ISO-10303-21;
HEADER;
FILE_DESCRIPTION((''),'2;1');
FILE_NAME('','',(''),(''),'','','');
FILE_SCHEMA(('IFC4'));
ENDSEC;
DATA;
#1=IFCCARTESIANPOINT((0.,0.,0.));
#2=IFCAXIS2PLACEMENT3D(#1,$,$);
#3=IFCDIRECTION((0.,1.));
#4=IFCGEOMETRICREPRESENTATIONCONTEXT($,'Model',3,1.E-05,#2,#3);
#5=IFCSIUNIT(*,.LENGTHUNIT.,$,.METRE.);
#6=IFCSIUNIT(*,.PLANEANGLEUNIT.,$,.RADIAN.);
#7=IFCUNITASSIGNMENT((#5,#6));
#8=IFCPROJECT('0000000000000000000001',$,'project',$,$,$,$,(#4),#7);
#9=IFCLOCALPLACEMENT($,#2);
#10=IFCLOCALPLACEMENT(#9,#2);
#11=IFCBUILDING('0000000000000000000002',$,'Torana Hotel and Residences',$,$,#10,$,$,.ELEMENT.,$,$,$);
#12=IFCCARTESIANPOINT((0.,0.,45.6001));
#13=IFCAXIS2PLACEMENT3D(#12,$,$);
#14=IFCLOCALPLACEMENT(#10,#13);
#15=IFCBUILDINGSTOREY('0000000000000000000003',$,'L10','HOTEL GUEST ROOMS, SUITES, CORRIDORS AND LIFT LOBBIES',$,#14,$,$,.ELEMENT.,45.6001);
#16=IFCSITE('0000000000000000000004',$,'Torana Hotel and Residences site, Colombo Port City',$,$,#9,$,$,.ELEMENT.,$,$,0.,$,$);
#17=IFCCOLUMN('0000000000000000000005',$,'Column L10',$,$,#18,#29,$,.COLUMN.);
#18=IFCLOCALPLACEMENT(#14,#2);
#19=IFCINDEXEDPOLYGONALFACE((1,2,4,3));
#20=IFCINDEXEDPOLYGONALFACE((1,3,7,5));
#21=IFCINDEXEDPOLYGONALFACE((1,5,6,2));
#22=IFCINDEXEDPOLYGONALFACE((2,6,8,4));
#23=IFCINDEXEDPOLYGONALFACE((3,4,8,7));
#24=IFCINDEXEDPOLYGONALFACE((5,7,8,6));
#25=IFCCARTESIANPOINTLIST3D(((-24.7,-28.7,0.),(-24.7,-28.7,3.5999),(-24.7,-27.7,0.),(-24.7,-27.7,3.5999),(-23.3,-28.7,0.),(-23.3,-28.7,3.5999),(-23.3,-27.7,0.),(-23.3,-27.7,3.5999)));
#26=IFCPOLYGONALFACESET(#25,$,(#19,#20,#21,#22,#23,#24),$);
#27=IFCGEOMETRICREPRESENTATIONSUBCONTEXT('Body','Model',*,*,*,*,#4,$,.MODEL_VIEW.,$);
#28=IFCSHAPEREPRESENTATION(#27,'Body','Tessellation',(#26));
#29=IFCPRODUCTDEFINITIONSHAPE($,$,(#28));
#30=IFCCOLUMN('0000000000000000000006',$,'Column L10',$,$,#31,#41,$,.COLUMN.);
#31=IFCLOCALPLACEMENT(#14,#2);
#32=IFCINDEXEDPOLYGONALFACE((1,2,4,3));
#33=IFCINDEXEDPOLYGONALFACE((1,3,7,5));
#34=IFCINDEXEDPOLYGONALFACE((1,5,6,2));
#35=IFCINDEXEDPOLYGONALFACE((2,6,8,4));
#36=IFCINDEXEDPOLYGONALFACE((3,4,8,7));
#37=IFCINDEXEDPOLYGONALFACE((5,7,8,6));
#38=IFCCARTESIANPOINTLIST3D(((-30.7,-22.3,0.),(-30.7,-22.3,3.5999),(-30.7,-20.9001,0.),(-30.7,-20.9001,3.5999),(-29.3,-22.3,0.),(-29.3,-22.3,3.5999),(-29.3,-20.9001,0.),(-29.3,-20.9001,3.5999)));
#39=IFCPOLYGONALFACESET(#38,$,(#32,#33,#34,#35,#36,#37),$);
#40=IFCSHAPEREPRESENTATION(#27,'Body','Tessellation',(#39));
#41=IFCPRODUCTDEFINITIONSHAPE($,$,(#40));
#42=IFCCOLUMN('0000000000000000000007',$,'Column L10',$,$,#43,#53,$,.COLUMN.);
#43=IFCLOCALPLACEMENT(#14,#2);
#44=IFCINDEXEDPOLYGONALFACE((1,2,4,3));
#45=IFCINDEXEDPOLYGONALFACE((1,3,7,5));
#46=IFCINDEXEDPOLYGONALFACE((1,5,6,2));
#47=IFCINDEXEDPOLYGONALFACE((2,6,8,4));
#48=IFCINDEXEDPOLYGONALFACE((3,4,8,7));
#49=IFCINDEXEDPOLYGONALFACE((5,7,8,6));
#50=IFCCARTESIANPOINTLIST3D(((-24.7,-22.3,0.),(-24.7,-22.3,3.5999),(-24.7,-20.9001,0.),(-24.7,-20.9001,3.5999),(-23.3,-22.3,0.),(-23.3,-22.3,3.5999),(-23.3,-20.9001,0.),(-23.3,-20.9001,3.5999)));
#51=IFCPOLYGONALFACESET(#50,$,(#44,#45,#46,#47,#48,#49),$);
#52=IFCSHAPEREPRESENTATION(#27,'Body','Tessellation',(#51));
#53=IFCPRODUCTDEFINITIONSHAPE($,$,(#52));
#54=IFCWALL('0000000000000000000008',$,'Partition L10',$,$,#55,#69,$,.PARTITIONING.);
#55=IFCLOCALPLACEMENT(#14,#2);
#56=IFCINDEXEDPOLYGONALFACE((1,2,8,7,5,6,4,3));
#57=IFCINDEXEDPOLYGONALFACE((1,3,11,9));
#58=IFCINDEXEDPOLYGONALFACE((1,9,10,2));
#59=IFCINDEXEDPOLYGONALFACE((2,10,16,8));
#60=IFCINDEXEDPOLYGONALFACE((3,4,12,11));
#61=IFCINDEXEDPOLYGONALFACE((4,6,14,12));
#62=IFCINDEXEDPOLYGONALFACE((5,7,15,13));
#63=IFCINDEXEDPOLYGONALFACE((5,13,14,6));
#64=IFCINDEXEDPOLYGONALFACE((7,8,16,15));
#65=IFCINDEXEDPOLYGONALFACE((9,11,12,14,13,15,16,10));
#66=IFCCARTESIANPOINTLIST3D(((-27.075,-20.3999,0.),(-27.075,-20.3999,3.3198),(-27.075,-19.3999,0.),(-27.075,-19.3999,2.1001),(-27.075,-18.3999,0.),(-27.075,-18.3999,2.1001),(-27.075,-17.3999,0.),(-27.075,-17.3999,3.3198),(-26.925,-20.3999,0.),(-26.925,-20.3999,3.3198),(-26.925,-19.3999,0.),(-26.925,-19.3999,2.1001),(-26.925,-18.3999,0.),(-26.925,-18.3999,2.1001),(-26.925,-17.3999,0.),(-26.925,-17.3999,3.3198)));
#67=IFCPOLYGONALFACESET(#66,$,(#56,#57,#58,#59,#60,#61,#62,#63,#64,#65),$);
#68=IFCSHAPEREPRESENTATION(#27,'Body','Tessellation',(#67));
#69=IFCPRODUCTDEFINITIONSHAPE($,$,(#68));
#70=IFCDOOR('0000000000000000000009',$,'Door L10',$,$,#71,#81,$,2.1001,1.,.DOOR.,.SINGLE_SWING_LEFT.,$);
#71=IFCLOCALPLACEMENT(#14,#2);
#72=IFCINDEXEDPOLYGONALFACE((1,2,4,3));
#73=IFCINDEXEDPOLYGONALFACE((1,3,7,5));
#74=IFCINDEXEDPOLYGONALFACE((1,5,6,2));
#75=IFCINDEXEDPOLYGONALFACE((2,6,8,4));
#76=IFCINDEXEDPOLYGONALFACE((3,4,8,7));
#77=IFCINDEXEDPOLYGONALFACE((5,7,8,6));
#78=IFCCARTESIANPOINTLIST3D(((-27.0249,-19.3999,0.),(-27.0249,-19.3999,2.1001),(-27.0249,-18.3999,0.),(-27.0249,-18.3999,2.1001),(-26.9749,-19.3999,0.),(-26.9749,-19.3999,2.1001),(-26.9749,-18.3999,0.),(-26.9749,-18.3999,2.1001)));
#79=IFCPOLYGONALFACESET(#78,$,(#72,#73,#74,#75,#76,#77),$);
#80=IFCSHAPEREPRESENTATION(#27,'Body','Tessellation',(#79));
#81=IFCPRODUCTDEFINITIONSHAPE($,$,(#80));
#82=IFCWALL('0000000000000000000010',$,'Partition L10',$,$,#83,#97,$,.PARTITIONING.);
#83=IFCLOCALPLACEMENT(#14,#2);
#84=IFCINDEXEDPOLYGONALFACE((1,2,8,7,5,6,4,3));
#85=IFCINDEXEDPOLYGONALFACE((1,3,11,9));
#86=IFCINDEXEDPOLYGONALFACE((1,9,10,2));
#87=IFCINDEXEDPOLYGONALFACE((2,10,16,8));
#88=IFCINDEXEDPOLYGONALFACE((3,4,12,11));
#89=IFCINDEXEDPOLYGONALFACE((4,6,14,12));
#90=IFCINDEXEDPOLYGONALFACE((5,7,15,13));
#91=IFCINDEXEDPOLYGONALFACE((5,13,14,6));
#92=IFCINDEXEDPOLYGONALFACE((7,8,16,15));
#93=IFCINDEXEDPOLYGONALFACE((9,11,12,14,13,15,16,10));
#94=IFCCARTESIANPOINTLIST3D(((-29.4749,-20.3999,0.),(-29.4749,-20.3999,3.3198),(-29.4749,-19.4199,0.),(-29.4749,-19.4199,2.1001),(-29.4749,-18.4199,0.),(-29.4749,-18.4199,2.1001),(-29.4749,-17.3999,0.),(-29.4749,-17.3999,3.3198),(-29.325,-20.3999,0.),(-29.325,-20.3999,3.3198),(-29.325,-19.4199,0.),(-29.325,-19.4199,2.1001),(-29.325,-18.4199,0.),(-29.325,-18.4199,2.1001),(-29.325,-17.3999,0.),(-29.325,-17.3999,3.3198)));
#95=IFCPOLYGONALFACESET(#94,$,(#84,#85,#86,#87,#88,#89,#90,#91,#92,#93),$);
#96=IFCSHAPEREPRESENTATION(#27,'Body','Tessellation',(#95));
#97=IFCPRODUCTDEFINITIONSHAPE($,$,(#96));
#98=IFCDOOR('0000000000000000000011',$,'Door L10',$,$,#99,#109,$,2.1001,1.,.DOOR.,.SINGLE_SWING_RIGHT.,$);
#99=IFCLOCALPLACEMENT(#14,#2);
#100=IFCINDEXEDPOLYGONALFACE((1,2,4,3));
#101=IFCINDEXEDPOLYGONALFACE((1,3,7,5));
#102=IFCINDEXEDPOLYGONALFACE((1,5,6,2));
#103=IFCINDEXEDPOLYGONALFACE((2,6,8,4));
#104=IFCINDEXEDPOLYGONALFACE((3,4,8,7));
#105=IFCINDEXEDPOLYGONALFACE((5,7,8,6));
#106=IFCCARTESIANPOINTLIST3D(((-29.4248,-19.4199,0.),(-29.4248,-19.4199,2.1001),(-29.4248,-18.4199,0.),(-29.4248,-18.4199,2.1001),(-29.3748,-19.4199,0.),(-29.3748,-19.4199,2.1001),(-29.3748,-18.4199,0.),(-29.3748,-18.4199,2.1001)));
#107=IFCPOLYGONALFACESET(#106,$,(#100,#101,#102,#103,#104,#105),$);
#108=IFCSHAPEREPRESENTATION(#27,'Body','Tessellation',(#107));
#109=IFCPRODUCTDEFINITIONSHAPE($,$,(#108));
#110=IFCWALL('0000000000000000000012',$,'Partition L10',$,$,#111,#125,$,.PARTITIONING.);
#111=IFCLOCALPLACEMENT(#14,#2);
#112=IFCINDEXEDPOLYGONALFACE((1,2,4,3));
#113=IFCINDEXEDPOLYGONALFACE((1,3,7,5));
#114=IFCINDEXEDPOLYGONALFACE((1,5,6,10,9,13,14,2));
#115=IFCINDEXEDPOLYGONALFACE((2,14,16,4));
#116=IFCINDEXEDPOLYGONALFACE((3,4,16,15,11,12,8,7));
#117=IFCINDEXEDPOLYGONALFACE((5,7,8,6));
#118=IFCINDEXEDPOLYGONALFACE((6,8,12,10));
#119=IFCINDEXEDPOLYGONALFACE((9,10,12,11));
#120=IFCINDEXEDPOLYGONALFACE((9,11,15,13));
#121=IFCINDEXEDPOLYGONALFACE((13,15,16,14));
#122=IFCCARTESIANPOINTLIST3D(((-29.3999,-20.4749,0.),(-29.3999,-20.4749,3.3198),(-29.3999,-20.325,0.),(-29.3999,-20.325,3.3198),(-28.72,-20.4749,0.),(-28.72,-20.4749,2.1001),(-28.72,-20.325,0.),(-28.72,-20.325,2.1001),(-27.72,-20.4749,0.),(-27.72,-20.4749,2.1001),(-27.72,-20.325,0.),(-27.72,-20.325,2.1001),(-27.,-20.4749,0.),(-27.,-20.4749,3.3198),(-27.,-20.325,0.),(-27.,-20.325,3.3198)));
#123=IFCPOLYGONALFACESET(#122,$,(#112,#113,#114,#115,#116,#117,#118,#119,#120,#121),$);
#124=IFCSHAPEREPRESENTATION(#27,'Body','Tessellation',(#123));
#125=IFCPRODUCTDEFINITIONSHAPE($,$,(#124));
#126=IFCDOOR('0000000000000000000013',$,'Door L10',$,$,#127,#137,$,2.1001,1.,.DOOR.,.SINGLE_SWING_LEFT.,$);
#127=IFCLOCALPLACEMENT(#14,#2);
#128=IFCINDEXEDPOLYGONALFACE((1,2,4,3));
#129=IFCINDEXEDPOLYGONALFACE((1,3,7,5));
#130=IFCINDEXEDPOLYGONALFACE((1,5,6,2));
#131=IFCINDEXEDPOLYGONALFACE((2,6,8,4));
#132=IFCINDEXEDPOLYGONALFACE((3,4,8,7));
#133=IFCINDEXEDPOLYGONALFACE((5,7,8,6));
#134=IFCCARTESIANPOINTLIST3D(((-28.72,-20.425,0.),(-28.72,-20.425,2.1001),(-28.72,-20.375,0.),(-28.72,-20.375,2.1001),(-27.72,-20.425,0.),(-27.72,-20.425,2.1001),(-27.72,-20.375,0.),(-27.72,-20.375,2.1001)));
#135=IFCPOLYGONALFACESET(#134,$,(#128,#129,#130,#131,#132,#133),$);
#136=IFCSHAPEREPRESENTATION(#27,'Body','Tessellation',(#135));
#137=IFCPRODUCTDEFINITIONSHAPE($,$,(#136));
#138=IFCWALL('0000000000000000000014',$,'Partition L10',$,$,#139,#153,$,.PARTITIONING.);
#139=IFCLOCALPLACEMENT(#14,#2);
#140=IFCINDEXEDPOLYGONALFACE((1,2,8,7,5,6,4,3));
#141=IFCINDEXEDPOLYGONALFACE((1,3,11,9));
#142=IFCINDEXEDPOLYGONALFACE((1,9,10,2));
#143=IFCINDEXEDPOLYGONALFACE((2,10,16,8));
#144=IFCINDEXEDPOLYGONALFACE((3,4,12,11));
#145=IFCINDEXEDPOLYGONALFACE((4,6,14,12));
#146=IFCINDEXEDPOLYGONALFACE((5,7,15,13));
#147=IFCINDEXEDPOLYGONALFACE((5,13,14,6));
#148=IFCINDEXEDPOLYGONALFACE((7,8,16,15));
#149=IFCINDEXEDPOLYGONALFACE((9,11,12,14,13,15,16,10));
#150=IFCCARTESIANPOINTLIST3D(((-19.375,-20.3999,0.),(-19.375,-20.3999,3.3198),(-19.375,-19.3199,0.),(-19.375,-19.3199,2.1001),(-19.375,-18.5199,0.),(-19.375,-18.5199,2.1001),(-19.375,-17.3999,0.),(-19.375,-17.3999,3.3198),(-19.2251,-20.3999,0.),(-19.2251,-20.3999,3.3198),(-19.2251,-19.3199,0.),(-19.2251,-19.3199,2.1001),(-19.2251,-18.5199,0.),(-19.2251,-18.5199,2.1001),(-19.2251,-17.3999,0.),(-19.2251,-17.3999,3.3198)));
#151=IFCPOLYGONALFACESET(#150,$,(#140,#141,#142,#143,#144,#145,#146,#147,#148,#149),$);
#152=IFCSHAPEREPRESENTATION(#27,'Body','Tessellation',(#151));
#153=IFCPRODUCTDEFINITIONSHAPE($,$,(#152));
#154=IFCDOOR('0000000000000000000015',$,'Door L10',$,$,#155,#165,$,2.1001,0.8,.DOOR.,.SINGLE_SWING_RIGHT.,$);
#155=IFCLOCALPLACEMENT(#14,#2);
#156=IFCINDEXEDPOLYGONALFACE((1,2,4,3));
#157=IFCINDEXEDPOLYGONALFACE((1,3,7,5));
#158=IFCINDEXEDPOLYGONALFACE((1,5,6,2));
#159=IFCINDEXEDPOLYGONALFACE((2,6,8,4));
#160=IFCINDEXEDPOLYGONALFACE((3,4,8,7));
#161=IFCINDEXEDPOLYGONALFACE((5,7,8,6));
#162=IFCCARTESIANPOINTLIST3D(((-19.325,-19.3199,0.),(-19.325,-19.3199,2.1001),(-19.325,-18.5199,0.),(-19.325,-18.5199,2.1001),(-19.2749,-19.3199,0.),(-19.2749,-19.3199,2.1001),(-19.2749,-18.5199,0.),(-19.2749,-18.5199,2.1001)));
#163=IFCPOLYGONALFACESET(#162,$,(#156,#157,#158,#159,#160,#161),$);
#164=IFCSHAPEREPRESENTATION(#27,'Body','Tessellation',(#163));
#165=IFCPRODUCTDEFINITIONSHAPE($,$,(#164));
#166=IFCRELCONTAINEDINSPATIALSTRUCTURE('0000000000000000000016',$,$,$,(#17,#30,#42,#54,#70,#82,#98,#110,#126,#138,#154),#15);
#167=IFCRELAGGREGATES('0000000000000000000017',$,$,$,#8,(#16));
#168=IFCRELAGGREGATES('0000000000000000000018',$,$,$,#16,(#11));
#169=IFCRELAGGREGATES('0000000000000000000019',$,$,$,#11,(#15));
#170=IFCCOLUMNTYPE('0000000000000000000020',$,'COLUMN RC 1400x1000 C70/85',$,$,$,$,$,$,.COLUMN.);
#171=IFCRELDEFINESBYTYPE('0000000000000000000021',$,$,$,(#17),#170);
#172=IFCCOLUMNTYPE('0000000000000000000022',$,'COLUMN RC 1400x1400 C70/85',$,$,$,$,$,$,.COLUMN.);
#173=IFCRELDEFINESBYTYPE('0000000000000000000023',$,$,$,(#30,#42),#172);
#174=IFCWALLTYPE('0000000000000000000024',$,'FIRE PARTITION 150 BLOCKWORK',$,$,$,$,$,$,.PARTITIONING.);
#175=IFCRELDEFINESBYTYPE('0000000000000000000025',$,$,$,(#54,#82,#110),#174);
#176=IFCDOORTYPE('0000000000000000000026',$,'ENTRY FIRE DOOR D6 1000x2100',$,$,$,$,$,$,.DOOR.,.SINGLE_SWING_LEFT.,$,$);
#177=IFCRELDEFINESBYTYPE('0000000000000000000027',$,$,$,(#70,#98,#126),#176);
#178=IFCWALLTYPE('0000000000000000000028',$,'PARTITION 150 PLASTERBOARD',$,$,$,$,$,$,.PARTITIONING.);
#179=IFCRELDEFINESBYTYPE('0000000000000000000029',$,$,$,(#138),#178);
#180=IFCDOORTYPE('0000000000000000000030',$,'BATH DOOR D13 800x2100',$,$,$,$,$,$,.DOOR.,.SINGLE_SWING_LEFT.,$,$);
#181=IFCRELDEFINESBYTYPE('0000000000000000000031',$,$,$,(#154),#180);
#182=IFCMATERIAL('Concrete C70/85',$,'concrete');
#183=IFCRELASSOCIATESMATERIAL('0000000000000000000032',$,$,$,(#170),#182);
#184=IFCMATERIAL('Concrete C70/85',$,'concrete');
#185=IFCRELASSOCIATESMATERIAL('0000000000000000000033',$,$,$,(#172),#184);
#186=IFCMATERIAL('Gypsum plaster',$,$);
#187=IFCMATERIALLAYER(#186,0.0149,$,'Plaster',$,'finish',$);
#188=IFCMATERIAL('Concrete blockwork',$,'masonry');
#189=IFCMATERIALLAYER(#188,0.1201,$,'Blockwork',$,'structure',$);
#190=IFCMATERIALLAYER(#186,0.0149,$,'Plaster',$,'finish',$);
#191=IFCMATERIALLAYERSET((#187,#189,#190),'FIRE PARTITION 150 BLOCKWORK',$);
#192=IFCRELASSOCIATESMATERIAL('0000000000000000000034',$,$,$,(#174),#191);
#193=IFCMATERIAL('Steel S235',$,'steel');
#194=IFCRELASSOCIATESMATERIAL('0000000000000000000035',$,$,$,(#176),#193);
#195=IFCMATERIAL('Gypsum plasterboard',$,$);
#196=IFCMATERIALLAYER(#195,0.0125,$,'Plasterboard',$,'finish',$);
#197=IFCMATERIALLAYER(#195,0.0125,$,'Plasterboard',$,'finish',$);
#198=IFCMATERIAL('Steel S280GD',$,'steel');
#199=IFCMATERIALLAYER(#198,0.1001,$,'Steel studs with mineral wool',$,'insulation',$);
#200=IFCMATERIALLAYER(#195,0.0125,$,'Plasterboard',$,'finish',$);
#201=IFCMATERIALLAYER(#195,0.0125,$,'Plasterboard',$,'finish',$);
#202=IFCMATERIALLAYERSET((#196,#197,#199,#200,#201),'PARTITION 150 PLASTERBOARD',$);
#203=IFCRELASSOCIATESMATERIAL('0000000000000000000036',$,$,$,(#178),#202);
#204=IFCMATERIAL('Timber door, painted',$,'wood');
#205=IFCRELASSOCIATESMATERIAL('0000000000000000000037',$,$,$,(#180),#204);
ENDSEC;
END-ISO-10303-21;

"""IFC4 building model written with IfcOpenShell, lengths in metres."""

from ifc_helpers import new_model, si_unit, direction, frame, frame_2d, origin, origin_2d, place, context, subcontext, project, spatial, rectangle, extrude, material, layer, layer_set, material_profile, profile_set, type_object, element, fill, save


model = new_model("IFC4")

# Units and contexts
model_context = context("Model", 3, precision=1e-05, world=origin(), true_north=direction((0.0, 1.0)))
body_context = subcontext(model_context, "Body", "Model", "MODEL_VIEW")
ifc_project = project(units=[si_unit("LENGTHUNIT", "METRE"), si_unit("PLANEANGLEUNIT", "RADIAN")], contexts=[model_context])

# Site, building, storey
site_placement = place(None, origin())
site = spatial("IfcSite", under=ifc_project, at=site_placement, Name="Torana Hotel and Residences site, Colombo Port City", CompositionType="ELEMENT", RefElevation=0.0)
building_placement = place(site_placement, origin())
building = spatial("IfcBuilding", under=site, at=building_placement, Name="Torana Hotel and Residences", CompositionType="ELEMENT")
storey_placement = place(building_placement, frame((0.0, 0.0, 45.6001)))
storey = spatial("IfcBuildingStorey", under=building, at=storey_placement, Name="L10", Description="HOTEL GUEST ROOMS, SUITES, CORRIDORS AND LIFT LOBBIES", CompositionType="ELEMENT", Elevation=45.6001)

# Columns
ifc_material_1 = material(Name="Concrete C70/85", Category="concrete")
ifc_material_profile_1 = material_profile(ifc_material_1, rectangle(XDim=1.3999, YDim=1.0, at=origin_2d()), Name="RC 1400x1000")
ifc_profile_set_1 = profile_set([ifc_material_profile_1], Name="Concrete C70/85")
column_type_1 = type_object("IfcColumnType", Name="COLUMN RC 1400x1000 C70/85", PredefinedType="COLUMN", material=ifc_profile_set_1)
column_placement = place(storey_placement, frame((-24.0, -28.2, 0.0), z_axis=(0.0, 0.0, 1.0), x_axis=(1.0, 0.0, 0.0)))
element("IfcColumn", 1, at=column_placement, inside=storey, type_object=column_type_1, Name="Column L10", PredefinedType="COLUMN", context=body_context, shape_type="SweptSolid", body=[
    extrude(rectangle(XDim=1.3999, YDim=1.0, at=origin_2d()), origin(), (0.0, 0.0, 1.0), 3.5999),
])
ifc_material_2 = material(Name="Concrete C70/85", Category="concrete")
ifc_material_profile_2 = material_profile(ifc_material_2, rectangle(XDim=1.3999, YDim=1.3999, at=origin_2d()), Name="RC 1400x1400")
ifc_profile_set_2 = profile_set([ifc_material_profile_2], Name="Concrete C70/85")
column_type_2 = type_object("IfcColumnType", Name="COLUMN RC 1400x1400 C70/85", PredefinedType="COLUMN", material=ifc_profile_set_2)
for number, where, z_axis, x_axis, name in (
    (2, (-30.0, -21.6001, 0.0), (0.0, 0.0, 1.0), (1.0, 0.0, 0.0), "Column L10"),
    (3, (-24.0, -21.6001, 0.0), (0.0, 0.0, 1.0), (1.0, 0.0, 0.0), "Column L10"),
):
    element("IfcColumn", number, at=place(storey_placement, frame(where, z_axis=z_axis, x_axis=x_axis)), inside=storey, type_object=column_type_2, Name=name, PredefinedType="COLUMN", context=body_context, shape_type="SweptSolid", body=[
        extrude(rectangle(XDim=1.3999, YDim=1.3999, at=origin_2d()), origin(), (0.0, 0.0, 1.0), 3.5999),
    ])

# Walls, openings, doors
ifc_material_3 = material(Name="Gypsum plaster")
ifc_layer_1 = layer(ifc_material_3, 0.0149, Name="Plaster", Category="finish")
ifc_material_4 = material(Name="Concrete blockwork", Category="masonry")
ifc_layer_2 = layer(ifc_material_4, 0.1201, Name="Blockwork", Category="structure")
ifc_layer_3 = layer(ifc_material_3, 0.0149, Name="Plaster", Category="finish")
ifc_layer_set_1 = layer_set([ifc_layer_1, ifc_layer_2, ifc_layer_3], Name="FIRE PARTITION 150 BLOCKWORK")
wall_type_1 = type_object("IfcWallType", Name="FIRE PARTITION 150 BLOCKWORK", PredefinedType="PARTITIONING", material=ifc_layer_set_1)
wall_1_placement = place(storey_placement, frame((-27.0, -20.3999, 0.0), z_axis=(0.0, 0.0, 1.0), x_axis=(0.0, 1.0, 0.0)))
wall_1 = element("IfcWall", 4, at=wall_1_placement, inside=storey, type_object=wall_type_1, Name="Partition L10", PredefinedType="PARTITIONING", context=body_context, shape_type="SweptSolid", body=[
    extrude(rectangle(XDim=3.0, YDim=0.1499, at=frame_2d((1.5, 0.0))), origin(), (0.0, 0.0, 1.0), 3.3198),
])
opening_1_placement = place(wall_1_placement, frame((1.0, 0.0, 0.0)))
opening_1 = element("IfcOpeningElement", 5, at=opening_1_placement, cuts=wall_1, PredefinedType="OPENING", context=body_context, shape_type="SweptSolid", body=[
    extrude(rectangle(XDim=1.0, YDim=2.1001, at=frame_2d((0.5, 1.05))), frame((0.0, 0.085, 0.0), z_axis=(0.0, -1.0, 0.0), x_axis=(1.0, 0.0, 0.0)), (0.0, 0.0, 1.0), 0.1699),
])
ifc_material_5 = material(Name="Steel S235", Category="steel")
door_type_1 = type_object("IfcDoorType", Name="ENTRY FIRE DOOR D6 1000x2100", OperationType="SINGLE_SWING_LEFT", PredefinedType="DOOR", material=ifc_material_5)
door_1_placement = place(opening_1_placement, frame((0.5, 0.0, 0.0), z_axis=(0.0, 0.0, 1.0), x_axis=(-1.0, 0.0, 0.0)))
door_1 = element("IfcDoor", 6, at=door_1_placement, inside=storey, type_object=door_type_1, Name="Door L10", OperationType="SINGLE_SWING_LEFT", OverallHeight=2.1001, OverallWidth=1.0, PredefinedType="DOOR", context=body_context, shape_type="SweptSolid", body=[
    extrude(rectangle(XDim=1.0, YDim=2.1001, at=frame_2d((0.0, 1.05))), frame((0.0, -0.0249, 0.0), z_axis=(0.0, 1.0, 0.0), x_axis=(-1.0, 0.0, 0.0)), (0.0, 0.0, 1.0), 0.05),
])
fill(opening_1, door_1)
wall_2_placement = place(storey_placement, frame((-29.3999, -20.3999, 0.0), z_axis=(0.0, 0.0, 1.0), x_axis=(0.0, 1.0, 0.0)))
wall_2 = element("IfcWall", 7, at=wall_2_placement, inside=storey, type_object=wall_type_1, Name="Partition L10", PredefinedType="PARTITIONING", context=body_context, shape_type="SweptSolid", body=[
    extrude(rectangle(XDim=3.0, YDim=0.1499, at=frame_2d((1.5, 0.0))), origin(), (0.0, 0.0, 1.0), 3.3198),
])
opening_2_placement = place(wall_2_placement, frame((0.98, 0.0, 0.0)))
opening_2 = element("IfcOpeningElement", 8, at=opening_2_placement, cuts=wall_2, PredefinedType="OPENING", context=body_context, shape_type="SweptSolid", body=[
    extrude(rectangle(XDim=1.0, YDim=2.1001, at=frame_2d((0.5, 1.05))), frame((0.0, 0.085, 0.0), z_axis=(0.0, -1.0, 0.0), x_axis=(1.0, 0.0, 0.0)), (0.0, 0.0, 1.0), 0.1699),
])
door_2_placement = place(opening_2_placement, origin())
door_2 = element("IfcDoor", 9, at=door_2_placement, inside=storey, type_object=door_type_1, Name="Door L10", OperationType="SINGLE_SWING_RIGHT", OverallHeight=2.1001, OverallWidth=1.0, PredefinedType="DOOR", context=body_context, shape_type="SweptSolid", body=[
    extrude(rectangle(XDim=1.0, YDim=2.1001, at=frame_2d((0.5, 1.05))), frame((0.0, 0.0249, 0.0), z_axis=(0.0, -1.0, 0.0), x_axis=(1.0, 0.0, 0.0)), (0.0, 0.0, 1.0), 0.05),
])
fill(opening_2, door_2)
wall_3_placement = place(storey_placement, frame((-29.3999, -20.3999, 0.0), z_axis=(0.0, 0.0, 1.0), x_axis=(1.0, 0.0, 0.0)))
wall_3 = element("IfcWall", 10, at=wall_3_placement, inside=storey, type_object=wall_type_1, Name="Partition L10", PredefinedType="PARTITIONING", context=body_context, shape_type="SweptSolid", body=[
    extrude(rectangle(XDim=2.3999, YDim=0.1499, at=frame_2d((1.2, 0.0))), origin(), (0.0, 0.0, 1.0), 3.3198),
])
opening_3_placement = place(wall_3_placement, frame((0.6799, 0.0, 0.0)))
opening_3 = element("IfcOpeningElement", 11, at=opening_3_placement, cuts=wall_3, PredefinedType="OPENING", context=body_context, shape_type="SweptSolid", body=[
    extrude(rectangle(XDim=1.0, YDim=2.1001, at=frame_2d((0.5, 1.05))), frame((0.0, 0.085, 0.0), z_axis=(0.0, -1.0, 0.0), x_axis=(1.0, 0.0, 0.0)), (0.0, 0.0, 1.0), 0.1699),
])
door_3_placement = place(opening_3_placement, frame((0.5, 0.0, 0.0), z_axis=(0.0, 0.0, 1.0), x_axis=(-1.0, 0.0, 0.0)))
door_3 = element("IfcDoor", 12, at=door_3_placement, inside=storey, type_object=door_type_1, Name="Door L10", OperationType="SINGLE_SWING_LEFT", OverallHeight=2.1001, OverallWidth=1.0, PredefinedType="DOOR", context=body_context, shape_type="SweptSolid", body=[
    extrude(rectangle(XDim=1.0, YDim=2.1001, at=frame_2d((0.0, 1.05))), frame((0.0, -0.0249, 0.0), z_axis=(0.0, 1.0, 0.0), x_axis=(-1.0, 0.0, 0.0)), (0.0, 0.0, 1.0), 0.05),
])
fill(opening_3, door_3)
ifc_material_6 = material(Name="Gypsum plasterboard")
ifc_layer_4 = layer(ifc_material_6, 0.0125, Name="Plasterboard", Category="finish")
ifc_layer_5 = layer(ifc_material_6, 0.0125, Name="Plasterboard", Category="finish")
ifc_material_7 = material(Name="Steel S280GD", Category="steel")
ifc_layer_6 = layer(ifc_material_7, 0.1001, Name="Steel studs with mineral wool", Category="insulation")
ifc_layer_7 = layer(ifc_material_6, 0.0125, Name="Plasterboard", Category="finish")
ifc_layer_8 = layer(ifc_material_6, 0.0125, Name="Plasterboard", Category="finish")
ifc_layer_set_2 = layer_set([ifc_layer_4, ifc_layer_5, ifc_layer_6, ifc_layer_7, ifc_layer_8], Name="PARTITION 150 PLASTERBOARD")
wall_type_2 = type_object("IfcWallType", Name="PARTITION 150 PLASTERBOARD", PredefinedType="PARTITIONING", material=ifc_layer_set_2)
wall_4_placement = place(storey_placement, frame((-19.3, -20.3999, 0.0), z_axis=(0.0, 0.0, 1.0), x_axis=(0.0, 1.0, 0.0)))
wall_4 = element("IfcWall", 13, at=wall_4_placement, inside=storey, type_object=wall_type_2, Name="Partition L10", PredefinedType="PARTITIONING", context=body_context, shape_type="SweptSolid", body=[
    extrude(rectangle(XDim=3.0, YDim=0.1499, at=frame_2d((1.5, 0.0))), origin(), (0.0, 0.0, 1.0), 3.3198),
])
opening_4_placement = place(wall_4_placement, frame((1.0801, 0.0, 0.0)))
opening_4 = element("IfcOpeningElement", 14, at=opening_4_placement, cuts=wall_4, PredefinedType="OPENING", context=body_context, shape_type="SweptSolid", body=[
    extrude(rectangle(XDim=0.8, YDim=2.1001, at=frame_2d((0.3999, 1.05))), frame((0.0, 0.085, 0.0), z_axis=(0.0, -1.0, 0.0), x_axis=(1.0, 0.0, 0.0)), (0.0, 0.0, 1.0), 0.1699),
])
ifc_material_8 = material(Name="Timber door, painted", Category="wood")
door_type_2 = type_object("IfcDoorType", Name="BATH DOOR D13 800x2100", OperationType="SINGLE_SWING_LEFT", PredefinedType="DOOR", material=ifc_material_8)
door_4_placement = place(opening_4_placement, origin())
door_4 = element("IfcDoor", 15, at=door_4_placement, inside=storey, type_object=door_type_2, Name="Door L10", OperationType="SINGLE_SWING_RIGHT", OverallHeight=2.1001, OverallWidth=0.8, PredefinedType="DOOR", context=body_context, shape_type="SweptSolid", body=[
    extrude(rectangle(XDim=0.8, YDim=2.1001, at=frame_2d((0.3999, 1.05))), frame((0.0, 0.0249, 0.0), z_axis=(0.0, -1.0, 0.0), x_axis=(1.0, 0.0, 0.0)), (0.0, 0.0, 1.0), 0.05),
])
fill(opening_4, door_4)

save(model, "model.ifc")
